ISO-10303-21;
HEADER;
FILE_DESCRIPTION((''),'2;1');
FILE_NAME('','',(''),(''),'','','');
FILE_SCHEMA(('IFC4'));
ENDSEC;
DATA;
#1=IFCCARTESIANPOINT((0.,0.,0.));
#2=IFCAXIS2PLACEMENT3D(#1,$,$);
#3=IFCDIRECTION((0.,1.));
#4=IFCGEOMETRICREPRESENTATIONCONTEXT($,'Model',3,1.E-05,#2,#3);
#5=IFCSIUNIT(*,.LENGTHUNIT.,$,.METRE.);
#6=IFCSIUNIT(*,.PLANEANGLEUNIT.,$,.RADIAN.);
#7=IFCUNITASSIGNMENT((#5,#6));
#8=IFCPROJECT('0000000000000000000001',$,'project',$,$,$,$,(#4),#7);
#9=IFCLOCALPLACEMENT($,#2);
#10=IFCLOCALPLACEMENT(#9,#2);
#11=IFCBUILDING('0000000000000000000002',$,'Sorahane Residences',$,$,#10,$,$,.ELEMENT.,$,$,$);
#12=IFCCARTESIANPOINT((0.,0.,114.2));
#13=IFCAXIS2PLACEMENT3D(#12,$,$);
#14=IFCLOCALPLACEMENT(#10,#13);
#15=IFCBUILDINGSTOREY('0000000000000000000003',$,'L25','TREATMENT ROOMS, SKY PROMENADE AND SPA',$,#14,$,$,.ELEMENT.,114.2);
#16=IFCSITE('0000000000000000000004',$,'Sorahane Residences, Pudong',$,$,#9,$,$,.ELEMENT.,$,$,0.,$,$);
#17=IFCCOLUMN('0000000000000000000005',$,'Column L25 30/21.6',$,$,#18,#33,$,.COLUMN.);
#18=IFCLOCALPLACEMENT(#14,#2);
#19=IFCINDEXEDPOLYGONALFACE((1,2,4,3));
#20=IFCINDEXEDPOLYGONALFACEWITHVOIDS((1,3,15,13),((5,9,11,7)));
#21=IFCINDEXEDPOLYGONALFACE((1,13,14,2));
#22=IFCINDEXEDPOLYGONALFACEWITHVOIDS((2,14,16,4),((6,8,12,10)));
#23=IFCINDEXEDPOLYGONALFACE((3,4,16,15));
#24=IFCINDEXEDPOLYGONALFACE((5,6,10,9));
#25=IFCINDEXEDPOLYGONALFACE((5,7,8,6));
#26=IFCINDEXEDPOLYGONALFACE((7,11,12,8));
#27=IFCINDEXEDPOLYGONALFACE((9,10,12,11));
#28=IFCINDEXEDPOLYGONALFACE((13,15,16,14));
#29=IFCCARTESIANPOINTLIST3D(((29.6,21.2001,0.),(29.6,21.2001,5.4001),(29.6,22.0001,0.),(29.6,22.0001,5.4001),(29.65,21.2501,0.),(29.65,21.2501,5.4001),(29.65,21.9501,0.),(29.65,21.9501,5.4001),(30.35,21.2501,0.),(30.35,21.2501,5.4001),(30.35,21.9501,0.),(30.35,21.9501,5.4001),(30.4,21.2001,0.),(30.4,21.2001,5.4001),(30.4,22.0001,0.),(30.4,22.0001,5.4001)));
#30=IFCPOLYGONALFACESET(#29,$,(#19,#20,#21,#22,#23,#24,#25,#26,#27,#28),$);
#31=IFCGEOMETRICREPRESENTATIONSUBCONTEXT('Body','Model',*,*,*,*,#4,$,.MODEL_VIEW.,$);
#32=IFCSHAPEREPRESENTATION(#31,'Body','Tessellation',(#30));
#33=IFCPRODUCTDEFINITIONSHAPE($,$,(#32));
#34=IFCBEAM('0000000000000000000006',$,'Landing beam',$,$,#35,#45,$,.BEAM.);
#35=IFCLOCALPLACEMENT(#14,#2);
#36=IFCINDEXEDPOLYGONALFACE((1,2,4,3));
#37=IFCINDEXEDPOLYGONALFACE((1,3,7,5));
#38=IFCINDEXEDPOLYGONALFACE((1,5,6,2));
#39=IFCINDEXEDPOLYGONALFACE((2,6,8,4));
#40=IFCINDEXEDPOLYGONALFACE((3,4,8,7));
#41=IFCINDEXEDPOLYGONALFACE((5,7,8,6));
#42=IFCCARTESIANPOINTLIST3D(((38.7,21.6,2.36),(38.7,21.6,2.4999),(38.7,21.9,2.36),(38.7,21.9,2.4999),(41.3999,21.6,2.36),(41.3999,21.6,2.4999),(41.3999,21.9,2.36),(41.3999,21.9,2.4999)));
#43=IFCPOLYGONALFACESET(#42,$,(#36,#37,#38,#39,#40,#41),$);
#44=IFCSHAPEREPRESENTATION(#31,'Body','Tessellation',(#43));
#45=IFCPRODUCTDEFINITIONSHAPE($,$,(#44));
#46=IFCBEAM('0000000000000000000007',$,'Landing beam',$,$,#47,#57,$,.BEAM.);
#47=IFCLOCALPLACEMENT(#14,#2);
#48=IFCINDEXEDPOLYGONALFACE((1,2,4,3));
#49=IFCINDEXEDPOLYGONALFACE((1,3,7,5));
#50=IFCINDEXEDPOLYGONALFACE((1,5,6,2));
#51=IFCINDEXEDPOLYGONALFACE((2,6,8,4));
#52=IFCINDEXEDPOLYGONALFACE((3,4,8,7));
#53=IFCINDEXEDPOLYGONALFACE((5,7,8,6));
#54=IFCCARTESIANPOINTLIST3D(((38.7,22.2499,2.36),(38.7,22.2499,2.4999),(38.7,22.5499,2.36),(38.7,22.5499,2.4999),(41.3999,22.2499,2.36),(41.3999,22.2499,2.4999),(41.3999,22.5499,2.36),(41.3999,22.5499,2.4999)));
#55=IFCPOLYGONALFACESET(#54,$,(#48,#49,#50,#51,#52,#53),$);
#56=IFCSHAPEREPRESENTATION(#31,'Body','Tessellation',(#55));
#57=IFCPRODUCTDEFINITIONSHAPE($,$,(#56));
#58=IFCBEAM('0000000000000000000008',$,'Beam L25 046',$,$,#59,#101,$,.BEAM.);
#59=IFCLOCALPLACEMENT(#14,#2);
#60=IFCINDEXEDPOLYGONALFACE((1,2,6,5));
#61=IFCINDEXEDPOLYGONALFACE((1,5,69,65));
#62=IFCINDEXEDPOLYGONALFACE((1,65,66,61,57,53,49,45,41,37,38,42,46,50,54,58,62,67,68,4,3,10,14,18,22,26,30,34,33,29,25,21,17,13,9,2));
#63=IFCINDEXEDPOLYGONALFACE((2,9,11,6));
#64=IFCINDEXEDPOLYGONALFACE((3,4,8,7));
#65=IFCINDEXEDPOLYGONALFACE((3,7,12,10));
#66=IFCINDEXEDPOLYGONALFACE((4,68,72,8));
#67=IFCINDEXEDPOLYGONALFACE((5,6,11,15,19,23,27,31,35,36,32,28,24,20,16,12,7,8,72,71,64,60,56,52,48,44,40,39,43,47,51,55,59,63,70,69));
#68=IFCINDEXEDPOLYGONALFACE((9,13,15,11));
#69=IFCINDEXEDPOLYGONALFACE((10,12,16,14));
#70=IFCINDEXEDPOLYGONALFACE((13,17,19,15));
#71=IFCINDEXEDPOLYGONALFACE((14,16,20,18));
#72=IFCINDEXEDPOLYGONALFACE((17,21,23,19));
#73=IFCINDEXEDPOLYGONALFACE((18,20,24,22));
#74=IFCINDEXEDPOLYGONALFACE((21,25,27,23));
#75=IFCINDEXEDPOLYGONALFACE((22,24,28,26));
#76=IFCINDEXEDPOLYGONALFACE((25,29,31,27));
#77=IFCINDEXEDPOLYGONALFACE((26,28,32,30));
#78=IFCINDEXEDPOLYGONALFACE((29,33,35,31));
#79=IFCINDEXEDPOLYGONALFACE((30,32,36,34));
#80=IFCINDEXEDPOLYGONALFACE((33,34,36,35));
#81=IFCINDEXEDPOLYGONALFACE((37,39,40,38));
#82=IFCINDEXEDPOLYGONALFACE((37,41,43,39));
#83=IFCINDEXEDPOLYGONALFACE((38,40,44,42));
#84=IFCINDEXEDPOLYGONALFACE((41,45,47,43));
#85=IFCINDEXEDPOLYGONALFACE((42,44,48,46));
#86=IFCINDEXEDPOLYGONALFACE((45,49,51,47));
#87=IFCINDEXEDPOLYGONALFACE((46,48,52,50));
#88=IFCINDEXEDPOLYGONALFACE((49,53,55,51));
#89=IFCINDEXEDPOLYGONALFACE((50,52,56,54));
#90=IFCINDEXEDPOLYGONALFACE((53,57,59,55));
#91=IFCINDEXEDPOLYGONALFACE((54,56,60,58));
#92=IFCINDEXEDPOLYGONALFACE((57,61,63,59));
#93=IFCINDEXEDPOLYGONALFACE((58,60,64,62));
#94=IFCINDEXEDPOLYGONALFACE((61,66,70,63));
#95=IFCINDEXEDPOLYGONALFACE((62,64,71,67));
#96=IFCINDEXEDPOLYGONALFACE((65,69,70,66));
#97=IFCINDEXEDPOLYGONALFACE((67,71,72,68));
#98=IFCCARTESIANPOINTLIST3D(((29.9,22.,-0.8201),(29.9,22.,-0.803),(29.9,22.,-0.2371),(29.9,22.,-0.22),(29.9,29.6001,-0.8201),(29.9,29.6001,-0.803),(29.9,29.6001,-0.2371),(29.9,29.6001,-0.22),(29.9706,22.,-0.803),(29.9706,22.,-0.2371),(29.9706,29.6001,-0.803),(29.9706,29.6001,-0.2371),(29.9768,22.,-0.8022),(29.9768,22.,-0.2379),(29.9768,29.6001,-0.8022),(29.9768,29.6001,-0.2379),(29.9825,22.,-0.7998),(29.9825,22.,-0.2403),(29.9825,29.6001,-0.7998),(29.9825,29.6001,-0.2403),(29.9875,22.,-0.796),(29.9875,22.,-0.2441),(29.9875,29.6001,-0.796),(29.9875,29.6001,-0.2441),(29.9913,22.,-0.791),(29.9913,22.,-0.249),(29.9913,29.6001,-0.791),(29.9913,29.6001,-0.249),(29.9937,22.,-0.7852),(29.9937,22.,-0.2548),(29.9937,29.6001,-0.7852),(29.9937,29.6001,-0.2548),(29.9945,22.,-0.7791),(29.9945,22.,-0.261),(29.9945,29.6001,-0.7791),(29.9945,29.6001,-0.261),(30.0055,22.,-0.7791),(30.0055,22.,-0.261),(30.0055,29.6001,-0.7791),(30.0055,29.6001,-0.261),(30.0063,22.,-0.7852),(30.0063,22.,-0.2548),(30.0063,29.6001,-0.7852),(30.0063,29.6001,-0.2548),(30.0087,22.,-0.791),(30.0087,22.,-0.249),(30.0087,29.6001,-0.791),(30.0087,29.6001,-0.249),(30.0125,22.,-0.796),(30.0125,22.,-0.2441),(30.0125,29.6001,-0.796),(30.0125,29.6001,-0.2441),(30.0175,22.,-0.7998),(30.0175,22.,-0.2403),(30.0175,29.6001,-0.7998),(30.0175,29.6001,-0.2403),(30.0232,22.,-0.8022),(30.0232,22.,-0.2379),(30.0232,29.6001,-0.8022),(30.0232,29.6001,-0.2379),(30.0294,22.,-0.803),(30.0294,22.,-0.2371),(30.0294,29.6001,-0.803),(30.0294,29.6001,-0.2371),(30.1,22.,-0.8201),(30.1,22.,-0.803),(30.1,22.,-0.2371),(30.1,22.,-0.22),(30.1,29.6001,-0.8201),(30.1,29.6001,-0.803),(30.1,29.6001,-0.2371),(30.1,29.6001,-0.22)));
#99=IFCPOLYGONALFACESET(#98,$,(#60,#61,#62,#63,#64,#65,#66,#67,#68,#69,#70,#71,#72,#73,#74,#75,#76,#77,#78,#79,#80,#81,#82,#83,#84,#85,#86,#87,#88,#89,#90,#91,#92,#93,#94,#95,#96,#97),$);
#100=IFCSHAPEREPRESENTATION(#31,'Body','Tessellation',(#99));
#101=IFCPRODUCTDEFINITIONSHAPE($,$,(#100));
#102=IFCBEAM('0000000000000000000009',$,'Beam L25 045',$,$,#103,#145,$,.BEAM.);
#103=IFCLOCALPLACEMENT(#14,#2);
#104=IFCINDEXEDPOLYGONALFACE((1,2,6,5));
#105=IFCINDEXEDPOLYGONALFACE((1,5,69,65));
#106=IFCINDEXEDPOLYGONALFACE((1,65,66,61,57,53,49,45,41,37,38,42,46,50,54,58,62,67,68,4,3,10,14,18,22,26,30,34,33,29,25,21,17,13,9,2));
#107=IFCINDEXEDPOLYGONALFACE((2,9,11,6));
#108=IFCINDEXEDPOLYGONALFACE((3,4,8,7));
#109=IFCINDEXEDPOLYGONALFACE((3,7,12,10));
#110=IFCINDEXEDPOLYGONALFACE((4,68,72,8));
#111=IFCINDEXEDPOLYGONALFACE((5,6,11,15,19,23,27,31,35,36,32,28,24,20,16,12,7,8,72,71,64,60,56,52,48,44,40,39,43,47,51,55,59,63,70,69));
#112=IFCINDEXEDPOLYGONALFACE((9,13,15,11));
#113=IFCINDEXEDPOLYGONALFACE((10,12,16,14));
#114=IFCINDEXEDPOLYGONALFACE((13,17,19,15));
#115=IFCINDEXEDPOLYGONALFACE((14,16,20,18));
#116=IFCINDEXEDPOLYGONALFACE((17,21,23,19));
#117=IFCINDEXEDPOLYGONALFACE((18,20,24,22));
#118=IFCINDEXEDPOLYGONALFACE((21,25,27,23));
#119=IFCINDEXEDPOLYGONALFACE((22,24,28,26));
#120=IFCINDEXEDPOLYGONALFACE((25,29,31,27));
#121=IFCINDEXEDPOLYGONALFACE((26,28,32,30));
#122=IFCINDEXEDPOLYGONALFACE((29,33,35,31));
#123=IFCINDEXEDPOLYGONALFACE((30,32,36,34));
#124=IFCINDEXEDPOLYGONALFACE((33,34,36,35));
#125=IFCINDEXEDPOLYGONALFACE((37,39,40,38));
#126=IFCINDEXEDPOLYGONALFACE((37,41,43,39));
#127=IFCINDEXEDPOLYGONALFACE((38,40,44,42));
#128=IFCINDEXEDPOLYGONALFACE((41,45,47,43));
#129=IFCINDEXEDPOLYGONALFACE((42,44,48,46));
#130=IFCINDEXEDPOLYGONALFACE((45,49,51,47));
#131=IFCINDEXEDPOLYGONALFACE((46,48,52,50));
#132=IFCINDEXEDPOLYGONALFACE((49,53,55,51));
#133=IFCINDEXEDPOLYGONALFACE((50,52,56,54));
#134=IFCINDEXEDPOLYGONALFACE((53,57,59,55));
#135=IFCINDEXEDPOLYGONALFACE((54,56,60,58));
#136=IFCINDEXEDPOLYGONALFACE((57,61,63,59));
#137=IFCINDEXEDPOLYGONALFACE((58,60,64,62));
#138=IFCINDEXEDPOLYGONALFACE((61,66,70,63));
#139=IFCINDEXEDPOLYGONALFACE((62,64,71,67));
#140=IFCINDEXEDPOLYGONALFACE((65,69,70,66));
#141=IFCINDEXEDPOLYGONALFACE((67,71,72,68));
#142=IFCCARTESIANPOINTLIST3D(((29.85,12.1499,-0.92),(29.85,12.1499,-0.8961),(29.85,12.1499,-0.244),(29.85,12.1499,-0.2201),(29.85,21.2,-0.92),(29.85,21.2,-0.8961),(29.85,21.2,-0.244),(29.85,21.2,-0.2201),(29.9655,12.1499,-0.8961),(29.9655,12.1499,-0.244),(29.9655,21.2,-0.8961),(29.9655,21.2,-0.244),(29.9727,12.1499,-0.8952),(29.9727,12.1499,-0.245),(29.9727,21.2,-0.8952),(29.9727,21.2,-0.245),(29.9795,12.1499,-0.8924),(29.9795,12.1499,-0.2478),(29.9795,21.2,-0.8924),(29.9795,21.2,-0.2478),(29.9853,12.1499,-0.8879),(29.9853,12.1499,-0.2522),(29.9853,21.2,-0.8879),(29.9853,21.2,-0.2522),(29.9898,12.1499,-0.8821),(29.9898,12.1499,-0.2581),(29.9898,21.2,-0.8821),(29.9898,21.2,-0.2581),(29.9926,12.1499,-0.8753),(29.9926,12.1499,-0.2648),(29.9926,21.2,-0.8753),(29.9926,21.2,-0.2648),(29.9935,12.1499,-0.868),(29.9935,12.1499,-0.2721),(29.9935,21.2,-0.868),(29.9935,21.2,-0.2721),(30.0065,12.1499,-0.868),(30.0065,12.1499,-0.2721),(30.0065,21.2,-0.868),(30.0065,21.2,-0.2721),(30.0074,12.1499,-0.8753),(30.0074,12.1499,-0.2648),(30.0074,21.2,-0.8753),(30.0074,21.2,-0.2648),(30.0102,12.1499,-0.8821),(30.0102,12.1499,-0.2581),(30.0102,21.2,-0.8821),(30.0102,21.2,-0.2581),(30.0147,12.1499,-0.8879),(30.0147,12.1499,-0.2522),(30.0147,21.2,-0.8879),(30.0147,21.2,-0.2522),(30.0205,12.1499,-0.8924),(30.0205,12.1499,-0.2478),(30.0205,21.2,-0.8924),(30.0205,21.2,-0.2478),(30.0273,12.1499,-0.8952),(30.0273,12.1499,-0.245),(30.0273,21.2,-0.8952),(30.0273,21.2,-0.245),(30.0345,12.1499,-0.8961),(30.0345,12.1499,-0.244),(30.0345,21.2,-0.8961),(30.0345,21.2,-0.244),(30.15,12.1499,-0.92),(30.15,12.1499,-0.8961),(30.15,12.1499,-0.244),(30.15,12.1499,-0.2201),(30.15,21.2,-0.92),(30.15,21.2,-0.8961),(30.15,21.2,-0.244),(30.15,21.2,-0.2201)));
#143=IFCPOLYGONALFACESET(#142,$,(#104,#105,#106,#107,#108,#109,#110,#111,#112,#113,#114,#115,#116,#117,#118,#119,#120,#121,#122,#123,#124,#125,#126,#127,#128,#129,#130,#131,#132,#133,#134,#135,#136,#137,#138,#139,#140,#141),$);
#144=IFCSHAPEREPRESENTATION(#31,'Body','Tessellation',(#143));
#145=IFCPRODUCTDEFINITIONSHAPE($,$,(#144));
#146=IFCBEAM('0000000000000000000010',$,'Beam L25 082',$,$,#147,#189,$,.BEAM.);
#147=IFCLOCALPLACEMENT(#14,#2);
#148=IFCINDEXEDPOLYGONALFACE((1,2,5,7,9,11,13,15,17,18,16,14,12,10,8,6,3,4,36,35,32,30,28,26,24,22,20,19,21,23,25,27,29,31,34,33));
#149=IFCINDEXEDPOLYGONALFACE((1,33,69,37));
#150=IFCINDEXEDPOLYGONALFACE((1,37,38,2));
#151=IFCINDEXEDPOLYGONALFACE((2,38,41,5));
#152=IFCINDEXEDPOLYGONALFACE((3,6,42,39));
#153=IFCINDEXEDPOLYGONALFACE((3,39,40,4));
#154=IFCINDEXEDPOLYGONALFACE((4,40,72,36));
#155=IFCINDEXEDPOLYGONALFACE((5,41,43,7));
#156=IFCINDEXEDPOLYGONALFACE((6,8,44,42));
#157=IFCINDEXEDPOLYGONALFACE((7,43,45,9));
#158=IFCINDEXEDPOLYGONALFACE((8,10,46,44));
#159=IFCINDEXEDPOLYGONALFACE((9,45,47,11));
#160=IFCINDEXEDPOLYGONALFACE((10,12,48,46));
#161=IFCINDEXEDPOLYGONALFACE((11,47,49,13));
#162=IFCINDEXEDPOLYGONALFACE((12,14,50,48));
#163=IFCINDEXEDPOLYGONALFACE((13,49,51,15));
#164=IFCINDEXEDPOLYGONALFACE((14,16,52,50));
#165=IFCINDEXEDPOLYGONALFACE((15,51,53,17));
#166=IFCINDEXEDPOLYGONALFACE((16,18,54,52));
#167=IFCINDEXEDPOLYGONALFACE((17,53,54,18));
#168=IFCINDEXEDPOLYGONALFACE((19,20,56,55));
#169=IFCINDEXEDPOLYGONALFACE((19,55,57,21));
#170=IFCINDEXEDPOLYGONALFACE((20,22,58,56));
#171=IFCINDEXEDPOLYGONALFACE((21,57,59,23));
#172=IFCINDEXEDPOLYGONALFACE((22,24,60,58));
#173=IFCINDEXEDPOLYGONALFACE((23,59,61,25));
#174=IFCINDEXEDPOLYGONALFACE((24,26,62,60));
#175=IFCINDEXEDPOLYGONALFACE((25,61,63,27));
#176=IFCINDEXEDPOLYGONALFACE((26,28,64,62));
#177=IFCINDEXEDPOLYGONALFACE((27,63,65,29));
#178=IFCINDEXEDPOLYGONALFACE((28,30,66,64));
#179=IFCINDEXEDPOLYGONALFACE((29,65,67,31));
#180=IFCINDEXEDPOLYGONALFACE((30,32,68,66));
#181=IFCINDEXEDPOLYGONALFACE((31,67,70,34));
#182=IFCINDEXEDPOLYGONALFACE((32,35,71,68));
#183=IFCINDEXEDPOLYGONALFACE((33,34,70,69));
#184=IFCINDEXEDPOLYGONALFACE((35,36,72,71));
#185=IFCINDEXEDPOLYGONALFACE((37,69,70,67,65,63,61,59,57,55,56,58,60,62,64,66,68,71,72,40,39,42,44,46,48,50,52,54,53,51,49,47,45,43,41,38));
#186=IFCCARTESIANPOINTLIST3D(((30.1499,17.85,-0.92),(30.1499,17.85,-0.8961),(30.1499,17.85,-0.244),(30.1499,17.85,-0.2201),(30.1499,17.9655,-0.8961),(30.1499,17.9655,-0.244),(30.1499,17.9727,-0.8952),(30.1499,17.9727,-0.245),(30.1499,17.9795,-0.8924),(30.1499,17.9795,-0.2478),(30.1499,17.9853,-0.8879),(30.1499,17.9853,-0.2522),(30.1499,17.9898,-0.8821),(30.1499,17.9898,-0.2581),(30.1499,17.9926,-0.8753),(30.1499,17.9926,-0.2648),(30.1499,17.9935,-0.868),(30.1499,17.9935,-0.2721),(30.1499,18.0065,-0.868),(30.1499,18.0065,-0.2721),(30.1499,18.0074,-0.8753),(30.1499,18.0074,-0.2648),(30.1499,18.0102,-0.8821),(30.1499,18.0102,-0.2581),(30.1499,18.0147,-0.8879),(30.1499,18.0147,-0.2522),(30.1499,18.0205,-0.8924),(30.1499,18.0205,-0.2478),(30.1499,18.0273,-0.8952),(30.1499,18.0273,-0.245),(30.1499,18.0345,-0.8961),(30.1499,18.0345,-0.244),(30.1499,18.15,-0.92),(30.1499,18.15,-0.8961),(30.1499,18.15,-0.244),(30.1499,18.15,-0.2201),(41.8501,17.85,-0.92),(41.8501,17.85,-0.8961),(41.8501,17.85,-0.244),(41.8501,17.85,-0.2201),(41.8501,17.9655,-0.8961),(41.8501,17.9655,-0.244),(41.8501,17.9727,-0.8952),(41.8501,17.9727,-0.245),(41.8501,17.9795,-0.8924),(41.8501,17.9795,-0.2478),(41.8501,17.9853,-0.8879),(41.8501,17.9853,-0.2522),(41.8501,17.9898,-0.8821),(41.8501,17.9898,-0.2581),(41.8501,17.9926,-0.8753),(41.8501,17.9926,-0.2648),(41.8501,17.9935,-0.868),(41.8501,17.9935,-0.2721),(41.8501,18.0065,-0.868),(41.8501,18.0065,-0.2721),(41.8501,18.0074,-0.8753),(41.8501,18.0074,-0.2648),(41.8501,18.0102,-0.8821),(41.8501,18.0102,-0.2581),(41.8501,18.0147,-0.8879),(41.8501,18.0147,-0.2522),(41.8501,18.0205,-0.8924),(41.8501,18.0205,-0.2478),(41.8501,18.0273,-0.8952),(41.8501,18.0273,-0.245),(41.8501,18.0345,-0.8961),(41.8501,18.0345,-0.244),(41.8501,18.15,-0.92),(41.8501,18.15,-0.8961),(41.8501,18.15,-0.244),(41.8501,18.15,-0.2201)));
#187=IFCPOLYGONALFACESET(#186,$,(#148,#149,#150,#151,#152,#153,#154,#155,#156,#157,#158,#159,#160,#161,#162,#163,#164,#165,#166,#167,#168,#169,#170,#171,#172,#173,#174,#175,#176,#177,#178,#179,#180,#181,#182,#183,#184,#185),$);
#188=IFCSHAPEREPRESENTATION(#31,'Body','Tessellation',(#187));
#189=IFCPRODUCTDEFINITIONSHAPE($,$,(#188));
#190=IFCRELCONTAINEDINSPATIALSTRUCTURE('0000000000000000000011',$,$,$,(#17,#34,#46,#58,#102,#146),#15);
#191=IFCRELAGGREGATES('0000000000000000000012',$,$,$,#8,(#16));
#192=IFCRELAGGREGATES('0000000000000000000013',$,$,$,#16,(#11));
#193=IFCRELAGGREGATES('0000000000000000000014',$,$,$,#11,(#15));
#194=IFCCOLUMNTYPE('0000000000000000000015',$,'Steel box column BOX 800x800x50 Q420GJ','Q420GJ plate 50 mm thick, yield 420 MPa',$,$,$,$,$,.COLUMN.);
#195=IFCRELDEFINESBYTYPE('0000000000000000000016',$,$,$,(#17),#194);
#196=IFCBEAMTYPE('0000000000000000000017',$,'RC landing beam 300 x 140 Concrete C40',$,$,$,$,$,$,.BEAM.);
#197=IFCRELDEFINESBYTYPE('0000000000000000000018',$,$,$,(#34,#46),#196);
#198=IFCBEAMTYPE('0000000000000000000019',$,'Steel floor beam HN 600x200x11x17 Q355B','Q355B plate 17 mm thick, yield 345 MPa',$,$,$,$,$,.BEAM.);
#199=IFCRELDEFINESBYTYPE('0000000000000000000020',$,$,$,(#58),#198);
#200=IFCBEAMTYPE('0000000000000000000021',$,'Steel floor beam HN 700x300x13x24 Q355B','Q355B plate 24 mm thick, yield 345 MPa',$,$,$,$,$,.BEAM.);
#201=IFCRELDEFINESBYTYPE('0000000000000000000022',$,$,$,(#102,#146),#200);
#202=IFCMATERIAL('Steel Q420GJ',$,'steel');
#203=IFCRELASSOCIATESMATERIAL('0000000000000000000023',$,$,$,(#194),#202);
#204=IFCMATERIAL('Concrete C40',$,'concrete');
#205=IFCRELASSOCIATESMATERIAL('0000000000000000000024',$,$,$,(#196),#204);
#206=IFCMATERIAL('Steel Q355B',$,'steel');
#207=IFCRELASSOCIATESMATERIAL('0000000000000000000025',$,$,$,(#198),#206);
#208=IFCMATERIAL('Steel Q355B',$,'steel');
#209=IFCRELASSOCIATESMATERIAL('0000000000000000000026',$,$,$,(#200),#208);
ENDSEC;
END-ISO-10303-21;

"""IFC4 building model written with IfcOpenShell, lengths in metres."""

from ifc_helpers import new_model, si_unit, direction, frame, origin, origin_2d, place, context, subcontext, project, spatial, rectangle, hollow_rectangle, i_section, extrude, material, material_profile, profile_set, type_object, element, save


model = new_model("IFC4")

# Units and contexts
model_context = context("Model", 3, precision=1e-05, world=origin(), true_north=direction((0.0, 1.0)))
body_context = subcontext(model_context, "Body", "Model", "MODEL_VIEW")
ifc_project = project(units=[si_unit("LENGTHUNIT", "METRE"), si_unit("PLANEANGLEUNIT", "RADIAN")], contexts=[model_context])

# Site, building, storey
site_placement = place(None, origin())
site = spatial("IfcSite", under=ifc_project, at=site_placement, Name="Sorahane Residences, Pudong", CompositionType="ELEMENT", RefElevation=0.0)
building_placement = place(site_placement, origin())
building = spatial("IfcBuilding", under=site, at=building_placement, Name="Sorahane Residences", CompositionType="ELEMENT")
storey_placement = place(building_placement, frame((0.0, 0.0, 114.2)))
storey = spatial("IfcBuildingStorey", under=building, at=storey_placement, Name="L25", Description="TREATMENT ROOMS, SKY PROMENADE AND SPA", CompositionType="ELEMENT", Elevation=114.2)

# Column
ifc_material_1 = material(Name="Steel Q420GJ", Category="steel")
ifc_material_profile_1 = material_profile(ifc_material_1, hollow_rectangle(XDim=0.8, YDim=0.8, WallThickness=0.05, at=origin_2d()), Name="BOX 800x800x50")
ifc_profile_set_1 = profile_set([ifc_material_profile_1], Name="Steel Q420GJ")
column_type = type_object("IfcColumnType", Name="Steel box column BOX 800x800x50 Q420GJ", Description="Q420GJ plate 50 mm thick, yield 420 MPa", PredefinedType="COLUMN", material=ifc_profile_set_1)
column_placement = place(storey_placement, frame((30.0, 21.6001, 0.0), z_axis=(0.0, 0.0, 1.0), x_axis=(1.0, 0.0, 0.0)))
element("IfcColumn", 1, at=column_placement, inside=storey, type_object=column_type, Name="Column L25 30/21.6", PredefinedType="COLUMN", context=body_context, shape_type="SweptSolid", body=[
    extrude(hollow_rectangle(XDim=0.8, YDim=0.8, WallThickness=0.05, at=origin_2d()), origin(), (0.0, 0.0, 1.0), 5.4001),
])

# Beams
ifc_material_2 = material(Name="Concrete C40", Category="concrete")
ifc_material_profile_2 = material_profile(ifc_material_2, rectangle(XDim=0.3, YDim=0.1399, at=origin_2d()), Name="300x140")
ifc_profile_set_2 = profile_set([ifc_material_profile_2], Name="Concrete C40")
beam_type_1 = type_object("IfcBeamType", Name="RC landing beam 300 x 140 Concrete C40", PredefinedType="BEAM", material=ifc_profile_set_2)
for number, where, z_axis, x_axis, name in (
    (2, (38.7, 21.75, 2.4299), (1.0, 0.0, 0.0), (0.0, 1.0, 0.0), "Landing beam"),
    (3, (38.7, 22.3999, 2.4299), (1.0, 0.0, 0.0), (0.0, 1.0, 0.0), "Landing beam"),
):
    element("IfcBeam", number, at=place(storey_placement, frame(where, z_axis=z_axis, x_axis=x_axis)), inside=storey, type_object=beam_type_1, Name=name, PredefinedType="BEAM", context=body_context, shape_type="SweptSolid", body=[
        extrude(rectangle(XDim=0.3, YDim=0.1399, at=origin_2d()), origin(), (0.0, 0.0, 1.0), 2.7),
    ])
ifc_material_3 = material(Name="Steel Q355B", Category="steel")
ifc_material_profile_3 = material_profile(ifc_material_3, i_section(OverallWidth=0.2, OverallDepth=0.6001, WebThickness=0.011, FlangeThickness=0.0171, FilletRadius=0.0239, at=origin_2d()), Name="HN 600x200x11x17")
ifc_profile_set_3 = profile_set([ifc_material_profile_3], Name="Steel Q355B")
beam_type_2 = type_object("IfcBeamType", Name="Steel floor beam HN 600x200x11x17 Q355B", Description="Q355B plate 17 mm thick, yield 345 MPa", PredefinedType="BEAM", material=ifc_profile_set_3)
beam_1_placement = place(storey_placement, frame((30.0, 22.0, -0.52), z_axis=(0.0, 1.0, 0.0), x_axis=(-1.0, 0.0, 0.0)))
element("IfcBeam", 4, at=beam_1_placement, inside=storey, type_object=beam_type_2, Name="Beam L25 046", PredefinedType="BEAM", context=body_context, shape_type="SweptSolid", body=[
    extrude(i_section(OverallWidth=0.2, OverallDepth=0.6001, WebThickness=0.011, FlangeThickness=0.0171, FilletRadius=0.0239, at=origin_2d()), origin(), (0.0, 0.0, 1.0), 7.6001),
])
ifc_material_4 = material(Name="Steel Q355B", Category="steel")
ifc_material_profile_4 = material_profile(ifc_material_4, i_section(OverallWidth=0.3, OverallDepth=0.7, WebThickness=0.0129, FlangeThickness=0.0239, FilletRadius=0.0281, at=origin_2d()), Name="HN 700x300x13x24")
ifc_profile_set_4 = profile_set([ifc_material_profile_4], Name="Steel Q355B")
beam_type_3 = type_object("IfcBeamType", Name="Steel floor beam HN 700x300x13x24 Q355B", Description="Q355B plate 24 mm thick, yield 345 MPa", PredefinedType="BEAM", material=ifc_profile_set_4)
beam_2_placement = place(storey_placement, frame((30.0, 12.1499, -0.5701), z_axis=(0.0, 1.0, 0.0), x_axis=(-1.0, 0.0, 0.0)))
element("IfcBeam", 5, at=beam_2_placement, inside=storey, type_object=beam_type_3, Name="Beam L25 045", PredefinedType="BEAM", context=body_context, shape_type="SweptSolid", body=[
    extrude(i_section(OverallWidth=0.3, OverallDepth=0.7, WebThickness=0.0129, FlangeThickness=0.0239, FilletRadius=0.0281, at=origin_2d()), origin(), (0.0, 0.0, 1.0), 9.05),
])
beam_3_placement = place(storey_placement, frame((30.1499, 18.0, -0.5701), z_axis=(1.0, 0.0, 0.0), x_axis=(0.0, 1.0, 0.0)))
element("IfcBeam", 6, at=beam_3_placement, inside=storey, type_object=beam_type_3, Name="Beam L25 082", PredefinedType="BEAM", context=body_context, shape_type="SweptSolid", body=[
    extrude(i_section(OverallWidth=0.3, OverallDepth=0.7, WebThickness=0.0129, FlangeThickness=0.0239, FilletRadius=0.0281, at=origin_2d()), origin(), (0.0, 0.0, 1.0), 11.7002),
])

save(model, "model.ifc")
